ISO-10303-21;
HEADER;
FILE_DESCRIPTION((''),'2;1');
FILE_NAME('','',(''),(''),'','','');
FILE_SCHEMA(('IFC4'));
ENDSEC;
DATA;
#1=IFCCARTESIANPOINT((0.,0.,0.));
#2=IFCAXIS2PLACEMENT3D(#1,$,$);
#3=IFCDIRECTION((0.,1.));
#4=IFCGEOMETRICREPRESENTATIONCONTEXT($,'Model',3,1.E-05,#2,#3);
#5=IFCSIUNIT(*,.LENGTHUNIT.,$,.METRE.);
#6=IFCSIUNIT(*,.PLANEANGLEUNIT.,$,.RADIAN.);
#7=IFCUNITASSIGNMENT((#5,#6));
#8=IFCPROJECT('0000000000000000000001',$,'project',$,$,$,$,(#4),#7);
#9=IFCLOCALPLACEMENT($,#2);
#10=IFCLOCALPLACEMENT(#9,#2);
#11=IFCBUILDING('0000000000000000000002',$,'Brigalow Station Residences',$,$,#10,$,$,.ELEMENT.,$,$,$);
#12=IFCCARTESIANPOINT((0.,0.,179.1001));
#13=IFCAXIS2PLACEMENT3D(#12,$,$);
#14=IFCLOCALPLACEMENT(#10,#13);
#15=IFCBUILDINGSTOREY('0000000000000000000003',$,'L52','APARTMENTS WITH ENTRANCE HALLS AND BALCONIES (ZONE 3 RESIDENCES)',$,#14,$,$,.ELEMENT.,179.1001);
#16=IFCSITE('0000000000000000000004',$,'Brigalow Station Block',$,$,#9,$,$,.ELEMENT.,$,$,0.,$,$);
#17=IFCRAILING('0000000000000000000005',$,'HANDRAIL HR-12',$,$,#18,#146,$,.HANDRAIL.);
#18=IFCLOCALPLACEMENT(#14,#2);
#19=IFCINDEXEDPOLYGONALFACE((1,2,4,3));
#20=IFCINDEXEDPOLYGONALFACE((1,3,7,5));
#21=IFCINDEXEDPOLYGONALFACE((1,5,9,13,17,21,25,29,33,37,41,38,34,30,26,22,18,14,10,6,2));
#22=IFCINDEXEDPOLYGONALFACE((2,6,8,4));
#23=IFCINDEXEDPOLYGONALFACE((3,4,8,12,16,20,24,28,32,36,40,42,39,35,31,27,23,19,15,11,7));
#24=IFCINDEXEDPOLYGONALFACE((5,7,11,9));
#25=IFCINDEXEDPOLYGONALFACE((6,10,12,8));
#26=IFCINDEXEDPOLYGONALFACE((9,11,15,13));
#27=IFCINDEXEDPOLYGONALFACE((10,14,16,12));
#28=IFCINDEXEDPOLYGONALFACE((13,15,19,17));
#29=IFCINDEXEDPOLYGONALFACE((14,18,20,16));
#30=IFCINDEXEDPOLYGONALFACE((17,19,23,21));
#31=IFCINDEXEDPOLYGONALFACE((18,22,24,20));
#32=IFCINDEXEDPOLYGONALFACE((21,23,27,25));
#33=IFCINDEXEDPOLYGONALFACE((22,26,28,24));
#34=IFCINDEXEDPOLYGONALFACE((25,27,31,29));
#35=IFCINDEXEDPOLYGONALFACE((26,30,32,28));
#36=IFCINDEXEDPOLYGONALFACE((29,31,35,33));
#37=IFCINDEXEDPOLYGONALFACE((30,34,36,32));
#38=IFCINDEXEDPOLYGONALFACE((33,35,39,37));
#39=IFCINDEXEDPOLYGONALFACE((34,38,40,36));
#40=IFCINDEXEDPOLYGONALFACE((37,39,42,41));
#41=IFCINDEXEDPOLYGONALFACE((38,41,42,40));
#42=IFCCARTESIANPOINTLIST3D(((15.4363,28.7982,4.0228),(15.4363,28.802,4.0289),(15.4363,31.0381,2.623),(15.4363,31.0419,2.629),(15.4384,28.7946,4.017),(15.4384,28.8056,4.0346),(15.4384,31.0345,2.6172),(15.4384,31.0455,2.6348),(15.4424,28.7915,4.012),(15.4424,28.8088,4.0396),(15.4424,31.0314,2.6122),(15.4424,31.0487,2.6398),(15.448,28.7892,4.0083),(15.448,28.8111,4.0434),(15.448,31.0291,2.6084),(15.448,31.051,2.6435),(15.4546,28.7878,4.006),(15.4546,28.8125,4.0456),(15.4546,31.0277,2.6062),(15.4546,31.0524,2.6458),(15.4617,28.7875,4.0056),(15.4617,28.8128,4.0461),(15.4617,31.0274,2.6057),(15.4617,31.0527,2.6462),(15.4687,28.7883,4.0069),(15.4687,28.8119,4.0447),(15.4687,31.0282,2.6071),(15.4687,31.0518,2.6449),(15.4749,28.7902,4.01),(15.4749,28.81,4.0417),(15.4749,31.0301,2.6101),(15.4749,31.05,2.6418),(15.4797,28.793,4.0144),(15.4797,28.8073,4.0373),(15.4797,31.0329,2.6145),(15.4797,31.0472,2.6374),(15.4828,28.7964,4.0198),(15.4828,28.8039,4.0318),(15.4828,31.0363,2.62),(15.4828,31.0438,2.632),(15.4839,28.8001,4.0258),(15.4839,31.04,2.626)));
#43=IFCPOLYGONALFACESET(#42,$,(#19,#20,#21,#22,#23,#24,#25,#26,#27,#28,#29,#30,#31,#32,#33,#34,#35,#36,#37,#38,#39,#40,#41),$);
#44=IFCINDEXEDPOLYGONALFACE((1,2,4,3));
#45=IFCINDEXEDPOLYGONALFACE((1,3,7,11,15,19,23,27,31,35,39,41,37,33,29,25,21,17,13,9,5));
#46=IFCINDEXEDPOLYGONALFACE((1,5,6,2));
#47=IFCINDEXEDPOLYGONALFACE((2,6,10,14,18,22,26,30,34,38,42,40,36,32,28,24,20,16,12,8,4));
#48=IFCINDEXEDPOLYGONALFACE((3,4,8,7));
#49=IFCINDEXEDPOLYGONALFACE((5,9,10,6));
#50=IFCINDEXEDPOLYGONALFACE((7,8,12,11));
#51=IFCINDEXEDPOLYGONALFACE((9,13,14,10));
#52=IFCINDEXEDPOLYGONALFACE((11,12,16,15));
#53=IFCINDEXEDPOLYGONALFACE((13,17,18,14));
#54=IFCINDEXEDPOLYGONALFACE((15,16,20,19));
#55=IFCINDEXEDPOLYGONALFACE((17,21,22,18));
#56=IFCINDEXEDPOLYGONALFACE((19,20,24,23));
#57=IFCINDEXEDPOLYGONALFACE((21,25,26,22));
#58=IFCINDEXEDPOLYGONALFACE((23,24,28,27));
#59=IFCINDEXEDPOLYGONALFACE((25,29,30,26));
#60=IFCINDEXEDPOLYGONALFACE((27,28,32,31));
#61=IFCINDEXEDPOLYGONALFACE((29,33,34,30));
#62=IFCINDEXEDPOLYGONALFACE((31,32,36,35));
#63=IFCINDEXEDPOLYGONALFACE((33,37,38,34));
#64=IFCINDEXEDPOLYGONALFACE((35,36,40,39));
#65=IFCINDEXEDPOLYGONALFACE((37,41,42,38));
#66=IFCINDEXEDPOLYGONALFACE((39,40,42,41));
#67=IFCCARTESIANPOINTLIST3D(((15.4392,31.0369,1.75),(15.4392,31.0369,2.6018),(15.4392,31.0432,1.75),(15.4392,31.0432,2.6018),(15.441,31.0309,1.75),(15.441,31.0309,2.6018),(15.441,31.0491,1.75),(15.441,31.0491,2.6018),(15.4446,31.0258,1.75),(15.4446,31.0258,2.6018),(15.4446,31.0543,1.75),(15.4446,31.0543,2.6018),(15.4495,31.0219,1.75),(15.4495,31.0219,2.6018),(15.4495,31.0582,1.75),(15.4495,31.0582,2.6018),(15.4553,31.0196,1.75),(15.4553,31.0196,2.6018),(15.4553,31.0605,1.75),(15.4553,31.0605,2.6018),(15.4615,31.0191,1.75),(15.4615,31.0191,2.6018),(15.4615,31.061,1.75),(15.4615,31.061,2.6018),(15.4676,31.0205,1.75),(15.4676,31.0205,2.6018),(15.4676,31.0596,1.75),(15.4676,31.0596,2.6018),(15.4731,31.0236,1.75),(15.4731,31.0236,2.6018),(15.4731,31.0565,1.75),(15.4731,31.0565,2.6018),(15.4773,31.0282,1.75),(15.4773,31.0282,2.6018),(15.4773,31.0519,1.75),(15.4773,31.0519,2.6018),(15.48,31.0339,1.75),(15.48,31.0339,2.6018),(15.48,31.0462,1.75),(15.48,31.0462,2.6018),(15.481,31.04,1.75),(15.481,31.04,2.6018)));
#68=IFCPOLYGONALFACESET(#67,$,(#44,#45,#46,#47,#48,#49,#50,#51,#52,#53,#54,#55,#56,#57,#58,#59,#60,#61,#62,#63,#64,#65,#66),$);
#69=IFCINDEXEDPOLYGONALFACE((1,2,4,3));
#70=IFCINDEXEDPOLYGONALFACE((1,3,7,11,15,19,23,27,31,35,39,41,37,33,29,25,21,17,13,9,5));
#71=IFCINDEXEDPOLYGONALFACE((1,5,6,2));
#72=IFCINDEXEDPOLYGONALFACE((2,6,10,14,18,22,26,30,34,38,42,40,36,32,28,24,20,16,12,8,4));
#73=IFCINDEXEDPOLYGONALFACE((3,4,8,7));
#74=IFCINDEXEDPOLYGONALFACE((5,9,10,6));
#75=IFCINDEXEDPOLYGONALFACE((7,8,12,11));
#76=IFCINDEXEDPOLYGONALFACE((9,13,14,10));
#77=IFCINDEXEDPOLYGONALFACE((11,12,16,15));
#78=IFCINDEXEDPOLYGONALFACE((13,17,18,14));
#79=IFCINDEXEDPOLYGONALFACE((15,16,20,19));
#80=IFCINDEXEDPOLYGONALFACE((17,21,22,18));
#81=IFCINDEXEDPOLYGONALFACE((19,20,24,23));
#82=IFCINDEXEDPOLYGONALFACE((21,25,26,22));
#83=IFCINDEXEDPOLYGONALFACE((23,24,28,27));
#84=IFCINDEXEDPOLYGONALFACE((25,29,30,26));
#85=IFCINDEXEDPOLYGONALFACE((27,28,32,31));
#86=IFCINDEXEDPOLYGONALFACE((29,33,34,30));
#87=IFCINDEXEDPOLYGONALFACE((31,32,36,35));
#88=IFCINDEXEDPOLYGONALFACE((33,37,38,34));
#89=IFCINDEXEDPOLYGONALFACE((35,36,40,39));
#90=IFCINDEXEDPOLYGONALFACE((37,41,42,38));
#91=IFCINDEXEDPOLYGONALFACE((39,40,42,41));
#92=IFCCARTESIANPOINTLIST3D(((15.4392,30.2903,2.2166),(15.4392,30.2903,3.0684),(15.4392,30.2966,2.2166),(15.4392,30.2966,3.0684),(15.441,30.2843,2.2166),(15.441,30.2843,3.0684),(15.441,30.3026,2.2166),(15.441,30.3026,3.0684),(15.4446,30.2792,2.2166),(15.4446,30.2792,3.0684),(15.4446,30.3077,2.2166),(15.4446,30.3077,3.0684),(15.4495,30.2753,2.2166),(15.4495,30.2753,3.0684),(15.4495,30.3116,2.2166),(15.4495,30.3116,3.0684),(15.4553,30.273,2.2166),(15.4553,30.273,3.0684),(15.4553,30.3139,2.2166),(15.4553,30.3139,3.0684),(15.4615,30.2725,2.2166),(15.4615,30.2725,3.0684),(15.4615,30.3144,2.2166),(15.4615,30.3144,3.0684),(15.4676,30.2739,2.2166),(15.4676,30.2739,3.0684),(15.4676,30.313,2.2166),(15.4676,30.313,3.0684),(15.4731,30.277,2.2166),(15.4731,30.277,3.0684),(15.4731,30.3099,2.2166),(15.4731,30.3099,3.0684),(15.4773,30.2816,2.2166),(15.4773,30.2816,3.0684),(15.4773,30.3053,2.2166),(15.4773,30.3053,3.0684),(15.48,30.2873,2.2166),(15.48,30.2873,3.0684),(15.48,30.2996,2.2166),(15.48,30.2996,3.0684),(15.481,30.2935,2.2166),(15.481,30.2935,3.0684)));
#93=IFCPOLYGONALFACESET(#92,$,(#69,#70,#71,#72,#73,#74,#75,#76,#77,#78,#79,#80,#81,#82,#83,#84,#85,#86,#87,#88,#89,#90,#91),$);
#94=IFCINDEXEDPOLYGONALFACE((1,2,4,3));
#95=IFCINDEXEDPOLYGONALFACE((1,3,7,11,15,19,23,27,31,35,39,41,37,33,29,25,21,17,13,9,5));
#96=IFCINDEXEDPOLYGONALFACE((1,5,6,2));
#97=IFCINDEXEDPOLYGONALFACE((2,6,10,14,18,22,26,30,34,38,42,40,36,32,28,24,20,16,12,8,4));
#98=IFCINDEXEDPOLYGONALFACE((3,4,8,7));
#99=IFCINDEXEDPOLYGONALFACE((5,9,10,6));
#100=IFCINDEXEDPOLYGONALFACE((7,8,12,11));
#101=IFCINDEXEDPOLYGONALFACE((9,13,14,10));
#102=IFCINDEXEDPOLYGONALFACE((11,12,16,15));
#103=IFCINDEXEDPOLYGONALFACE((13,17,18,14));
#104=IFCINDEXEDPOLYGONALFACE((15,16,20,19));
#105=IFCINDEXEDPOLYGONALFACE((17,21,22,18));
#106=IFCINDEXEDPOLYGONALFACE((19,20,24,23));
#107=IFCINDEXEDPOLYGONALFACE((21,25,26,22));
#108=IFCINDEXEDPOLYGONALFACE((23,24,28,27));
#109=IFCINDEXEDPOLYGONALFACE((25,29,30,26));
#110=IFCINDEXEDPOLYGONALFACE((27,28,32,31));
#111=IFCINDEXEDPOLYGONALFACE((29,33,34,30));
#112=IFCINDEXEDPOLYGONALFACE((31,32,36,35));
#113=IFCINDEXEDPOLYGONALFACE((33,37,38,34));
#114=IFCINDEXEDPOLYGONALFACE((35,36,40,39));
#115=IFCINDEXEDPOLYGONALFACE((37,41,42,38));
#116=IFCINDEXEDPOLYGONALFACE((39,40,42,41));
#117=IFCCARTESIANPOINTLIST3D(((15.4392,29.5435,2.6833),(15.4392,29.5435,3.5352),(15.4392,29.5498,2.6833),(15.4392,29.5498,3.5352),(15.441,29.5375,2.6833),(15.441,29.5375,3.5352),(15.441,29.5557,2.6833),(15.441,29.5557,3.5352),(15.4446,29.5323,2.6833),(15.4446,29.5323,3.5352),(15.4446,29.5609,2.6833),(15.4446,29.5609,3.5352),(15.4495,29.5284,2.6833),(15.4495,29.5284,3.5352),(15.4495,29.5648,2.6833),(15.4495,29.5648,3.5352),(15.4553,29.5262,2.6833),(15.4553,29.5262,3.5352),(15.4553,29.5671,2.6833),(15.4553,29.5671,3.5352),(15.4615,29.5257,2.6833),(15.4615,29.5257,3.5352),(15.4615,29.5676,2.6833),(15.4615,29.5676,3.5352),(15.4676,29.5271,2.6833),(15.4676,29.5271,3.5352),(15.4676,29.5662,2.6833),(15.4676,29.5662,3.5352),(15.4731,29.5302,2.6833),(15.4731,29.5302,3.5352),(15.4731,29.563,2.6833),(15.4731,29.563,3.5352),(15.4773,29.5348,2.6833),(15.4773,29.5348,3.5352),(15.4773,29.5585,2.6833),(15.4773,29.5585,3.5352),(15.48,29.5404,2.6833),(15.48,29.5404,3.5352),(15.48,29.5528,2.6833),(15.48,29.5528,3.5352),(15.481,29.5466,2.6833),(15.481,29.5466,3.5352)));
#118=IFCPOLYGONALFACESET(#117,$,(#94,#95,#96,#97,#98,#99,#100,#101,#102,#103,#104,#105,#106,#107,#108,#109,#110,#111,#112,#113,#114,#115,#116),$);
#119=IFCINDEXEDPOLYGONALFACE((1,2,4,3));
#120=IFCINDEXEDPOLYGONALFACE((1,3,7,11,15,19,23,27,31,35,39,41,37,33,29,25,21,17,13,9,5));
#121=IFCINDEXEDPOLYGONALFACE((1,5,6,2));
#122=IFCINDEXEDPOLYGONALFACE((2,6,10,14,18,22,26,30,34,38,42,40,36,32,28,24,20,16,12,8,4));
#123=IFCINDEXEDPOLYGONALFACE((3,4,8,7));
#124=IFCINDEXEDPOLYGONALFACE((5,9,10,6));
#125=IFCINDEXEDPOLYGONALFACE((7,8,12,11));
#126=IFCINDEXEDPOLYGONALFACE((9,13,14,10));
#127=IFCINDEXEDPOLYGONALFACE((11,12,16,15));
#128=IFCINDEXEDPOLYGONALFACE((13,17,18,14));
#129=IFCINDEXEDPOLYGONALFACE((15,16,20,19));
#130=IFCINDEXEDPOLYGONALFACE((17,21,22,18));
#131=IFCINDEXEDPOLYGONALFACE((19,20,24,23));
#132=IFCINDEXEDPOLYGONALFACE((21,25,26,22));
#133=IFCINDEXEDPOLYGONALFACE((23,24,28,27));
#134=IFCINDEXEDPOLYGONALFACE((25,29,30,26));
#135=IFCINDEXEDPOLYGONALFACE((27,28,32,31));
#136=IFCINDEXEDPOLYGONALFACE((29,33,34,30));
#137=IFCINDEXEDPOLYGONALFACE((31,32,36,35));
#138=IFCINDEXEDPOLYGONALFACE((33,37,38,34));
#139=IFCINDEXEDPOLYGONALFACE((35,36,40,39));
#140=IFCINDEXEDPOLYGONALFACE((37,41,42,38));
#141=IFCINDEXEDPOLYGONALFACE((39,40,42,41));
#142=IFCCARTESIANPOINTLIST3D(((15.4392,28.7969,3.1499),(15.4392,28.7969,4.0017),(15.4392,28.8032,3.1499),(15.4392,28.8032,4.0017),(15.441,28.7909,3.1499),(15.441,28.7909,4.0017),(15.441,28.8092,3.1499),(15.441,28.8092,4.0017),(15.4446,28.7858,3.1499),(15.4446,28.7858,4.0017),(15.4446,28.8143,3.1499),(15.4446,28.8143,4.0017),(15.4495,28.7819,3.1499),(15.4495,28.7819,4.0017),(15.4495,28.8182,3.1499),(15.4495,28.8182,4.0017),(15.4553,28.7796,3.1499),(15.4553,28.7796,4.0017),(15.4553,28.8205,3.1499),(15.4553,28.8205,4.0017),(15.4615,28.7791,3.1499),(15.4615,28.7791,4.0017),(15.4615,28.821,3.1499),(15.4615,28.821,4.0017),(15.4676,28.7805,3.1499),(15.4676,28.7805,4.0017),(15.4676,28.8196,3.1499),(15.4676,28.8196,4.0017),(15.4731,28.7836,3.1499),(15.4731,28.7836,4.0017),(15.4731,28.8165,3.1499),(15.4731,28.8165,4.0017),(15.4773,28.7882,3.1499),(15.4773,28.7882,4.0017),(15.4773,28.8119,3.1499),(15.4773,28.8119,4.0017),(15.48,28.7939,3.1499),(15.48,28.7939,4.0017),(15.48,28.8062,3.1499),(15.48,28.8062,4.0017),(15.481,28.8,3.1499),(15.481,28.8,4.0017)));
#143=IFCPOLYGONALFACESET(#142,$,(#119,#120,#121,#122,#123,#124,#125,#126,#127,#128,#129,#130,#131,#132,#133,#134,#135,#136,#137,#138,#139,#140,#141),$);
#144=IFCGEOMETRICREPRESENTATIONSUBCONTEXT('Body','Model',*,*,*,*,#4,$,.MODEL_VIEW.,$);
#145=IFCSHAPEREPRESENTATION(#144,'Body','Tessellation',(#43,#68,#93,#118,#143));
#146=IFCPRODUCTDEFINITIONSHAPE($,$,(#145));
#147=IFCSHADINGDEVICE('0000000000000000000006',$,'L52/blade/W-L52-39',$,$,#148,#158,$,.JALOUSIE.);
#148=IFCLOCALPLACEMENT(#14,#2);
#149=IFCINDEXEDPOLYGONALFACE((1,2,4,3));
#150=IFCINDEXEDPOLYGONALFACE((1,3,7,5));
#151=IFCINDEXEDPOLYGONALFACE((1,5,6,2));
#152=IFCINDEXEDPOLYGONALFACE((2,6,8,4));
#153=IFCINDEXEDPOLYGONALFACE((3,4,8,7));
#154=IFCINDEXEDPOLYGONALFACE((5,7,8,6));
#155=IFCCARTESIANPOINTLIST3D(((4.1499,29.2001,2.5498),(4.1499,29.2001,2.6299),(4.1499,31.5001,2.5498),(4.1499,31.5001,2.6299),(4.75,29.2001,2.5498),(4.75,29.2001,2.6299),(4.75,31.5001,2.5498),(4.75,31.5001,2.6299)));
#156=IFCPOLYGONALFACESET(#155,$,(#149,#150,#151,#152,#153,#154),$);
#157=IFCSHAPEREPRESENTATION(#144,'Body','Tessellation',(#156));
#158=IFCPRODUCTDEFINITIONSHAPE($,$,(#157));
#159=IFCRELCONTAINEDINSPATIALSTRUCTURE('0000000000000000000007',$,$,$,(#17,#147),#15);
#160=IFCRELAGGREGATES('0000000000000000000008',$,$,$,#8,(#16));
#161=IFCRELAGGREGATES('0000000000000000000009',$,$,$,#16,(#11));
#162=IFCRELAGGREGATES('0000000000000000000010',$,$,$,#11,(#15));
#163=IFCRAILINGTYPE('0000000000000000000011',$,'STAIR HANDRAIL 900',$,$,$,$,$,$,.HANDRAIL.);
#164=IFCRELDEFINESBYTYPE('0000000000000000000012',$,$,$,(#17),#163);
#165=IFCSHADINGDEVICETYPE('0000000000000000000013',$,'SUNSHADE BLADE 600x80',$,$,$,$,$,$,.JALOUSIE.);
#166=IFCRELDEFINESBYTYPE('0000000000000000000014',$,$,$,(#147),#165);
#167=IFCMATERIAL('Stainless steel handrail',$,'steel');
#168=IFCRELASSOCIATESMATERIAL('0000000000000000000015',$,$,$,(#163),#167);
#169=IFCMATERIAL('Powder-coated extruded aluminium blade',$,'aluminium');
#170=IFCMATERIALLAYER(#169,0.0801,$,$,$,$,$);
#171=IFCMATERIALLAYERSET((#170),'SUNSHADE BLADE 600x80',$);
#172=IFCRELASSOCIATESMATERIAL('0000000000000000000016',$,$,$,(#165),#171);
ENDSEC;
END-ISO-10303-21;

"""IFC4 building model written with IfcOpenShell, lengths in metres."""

from ifc_helpers import new_model, si_unit, direction, frame, origin, origin_2d, place, context, subcontext, project, spatial, rectangle, circle, extrude, material, layer, layer_set, type_object, element, save


model = new_model("IFC4")

# Units and contexts
model_context = context("Model", 3, precision=1e-05, world=origin(), true_north=direction((0.0, 1.0)))
body_context = subcontext(model_context, "Body", "Model", "MODEL_VIEW")
ifc_project = project(units=[si_unit("LENGTHUNIT", "METRE"), si_unit("PLANEANGLEUNIT", "RADIAN")], contexts=[model_context])

# Site, building, storey
site_placement = place(None, origin())
site = spatial("IfcSite", under=ifc_project, at=site_placement, Name="Brigalow Station Block", CompositionType="ELEMENT", RefElevation=0.0)
building_placement = place(site_placement, origin())
building = spatial("IfcBuilding", under=site, at=building_placement, Name="Brigalow Station Residences", CompositionType="ELEMENT")
storey_placement = place(building_placement, frame((0.0, 0.0, 179.1001)))
storey = spatial("IfcBuildingStorey", under=building, at=storey_placement, Name="L52", Description="APARTMENTS WITH ENTRANCE HALLS AND BALCONIES (ZONE 3 RESIDENCES)", CompositionType="ELEMENT", Elevation=179.1001)

# Railing
ifc_material_1 = material(Name="Stainless steel handrail", Category="steel")
railing_type_1 = type_object("IfcRailingType", Name="STAIR HANDRAIL 900", PredefinedType="HANDRAIL", material=ifc_material_1)
railing_1_placement = place(storey_placement, frame((15.46, 31.04, 1.75)))
element("IfcRailing", 1, at=railing_1_placement, inside=storey, type_object=railing_type_1, Name="HANDRAIL HR-12", PredefinedType="HANDRAIL", context=body_context, shape_type="SweptSolid", body=[
    extrude(circle(Radius=0.0239, at=origin_2d()), frame((0.0, 0.0, 0.876), z_axis=(0.0, -0.848014, 0.529974), x_axis=(1.0, 0.0, 0.0)), (0.0, 0.0, 1.0), 2.6414),
    extrude(circle(Radius=0.021, at=origin_2d()), origin(), (0.0, 0.0, 1.0), 0.8518),
    extrude(circle(Radius=0.021, at=origin_2d()), frame((0.0, -0.7466, 0.4666)), (0.0, 0.0, 1.0), 0.8518),
    extrude(circle(Radius=0.021, at=origin_2d()), frame((0.0, -1.4934, 0.9333)), (0.0, 0.0, 1.0), 0.8518),
    extrude(circle(Radius=0.021, at=origin_2d()), frame((0.0, -2.24, 1.3999)), (0.0, 0.0, 1.0), 0.8518),
])

# Shading device
ifc_material_2 = material(Name="Powder-coated extruded aluminium blade", Category="aluminium")
ifc_layer_1 = layer(ifc_material_2, 0.0801)
ifc_layer_set_1 = layer_set([ifc_layer_1], Name="SUNSHADE BLADE 600x80")
shading_device_type = type_object("IfcShadingDeviceType", Name="SUNSHADE BLADE 600x80", PredefinedType="JALOUSIE", material=ifc_layer_set_1)
shading_device_placement = place(storey_placement, frame((4.45, 30.3501, 2.5498), z_axis=(0.0, 0.0, 1.0), x_axis=(0.0, -1.0, 0.0)))
element("IfcShadingDevice", 2, at=shading_device_placement, inside=storey, type_object=shading_device_type, Name="L52/blade/W-L52-39", PredefinedType="JALOUSIE", context=body_context, shape_type="SweptSolid", body=[
    extrude(rectangle(XDim=2.3, YDim=0.6001, at=origin_2d()), origin(), (0.0, 0.0, 1.0), 0.0801),
])

save(model, "model.ifc")
